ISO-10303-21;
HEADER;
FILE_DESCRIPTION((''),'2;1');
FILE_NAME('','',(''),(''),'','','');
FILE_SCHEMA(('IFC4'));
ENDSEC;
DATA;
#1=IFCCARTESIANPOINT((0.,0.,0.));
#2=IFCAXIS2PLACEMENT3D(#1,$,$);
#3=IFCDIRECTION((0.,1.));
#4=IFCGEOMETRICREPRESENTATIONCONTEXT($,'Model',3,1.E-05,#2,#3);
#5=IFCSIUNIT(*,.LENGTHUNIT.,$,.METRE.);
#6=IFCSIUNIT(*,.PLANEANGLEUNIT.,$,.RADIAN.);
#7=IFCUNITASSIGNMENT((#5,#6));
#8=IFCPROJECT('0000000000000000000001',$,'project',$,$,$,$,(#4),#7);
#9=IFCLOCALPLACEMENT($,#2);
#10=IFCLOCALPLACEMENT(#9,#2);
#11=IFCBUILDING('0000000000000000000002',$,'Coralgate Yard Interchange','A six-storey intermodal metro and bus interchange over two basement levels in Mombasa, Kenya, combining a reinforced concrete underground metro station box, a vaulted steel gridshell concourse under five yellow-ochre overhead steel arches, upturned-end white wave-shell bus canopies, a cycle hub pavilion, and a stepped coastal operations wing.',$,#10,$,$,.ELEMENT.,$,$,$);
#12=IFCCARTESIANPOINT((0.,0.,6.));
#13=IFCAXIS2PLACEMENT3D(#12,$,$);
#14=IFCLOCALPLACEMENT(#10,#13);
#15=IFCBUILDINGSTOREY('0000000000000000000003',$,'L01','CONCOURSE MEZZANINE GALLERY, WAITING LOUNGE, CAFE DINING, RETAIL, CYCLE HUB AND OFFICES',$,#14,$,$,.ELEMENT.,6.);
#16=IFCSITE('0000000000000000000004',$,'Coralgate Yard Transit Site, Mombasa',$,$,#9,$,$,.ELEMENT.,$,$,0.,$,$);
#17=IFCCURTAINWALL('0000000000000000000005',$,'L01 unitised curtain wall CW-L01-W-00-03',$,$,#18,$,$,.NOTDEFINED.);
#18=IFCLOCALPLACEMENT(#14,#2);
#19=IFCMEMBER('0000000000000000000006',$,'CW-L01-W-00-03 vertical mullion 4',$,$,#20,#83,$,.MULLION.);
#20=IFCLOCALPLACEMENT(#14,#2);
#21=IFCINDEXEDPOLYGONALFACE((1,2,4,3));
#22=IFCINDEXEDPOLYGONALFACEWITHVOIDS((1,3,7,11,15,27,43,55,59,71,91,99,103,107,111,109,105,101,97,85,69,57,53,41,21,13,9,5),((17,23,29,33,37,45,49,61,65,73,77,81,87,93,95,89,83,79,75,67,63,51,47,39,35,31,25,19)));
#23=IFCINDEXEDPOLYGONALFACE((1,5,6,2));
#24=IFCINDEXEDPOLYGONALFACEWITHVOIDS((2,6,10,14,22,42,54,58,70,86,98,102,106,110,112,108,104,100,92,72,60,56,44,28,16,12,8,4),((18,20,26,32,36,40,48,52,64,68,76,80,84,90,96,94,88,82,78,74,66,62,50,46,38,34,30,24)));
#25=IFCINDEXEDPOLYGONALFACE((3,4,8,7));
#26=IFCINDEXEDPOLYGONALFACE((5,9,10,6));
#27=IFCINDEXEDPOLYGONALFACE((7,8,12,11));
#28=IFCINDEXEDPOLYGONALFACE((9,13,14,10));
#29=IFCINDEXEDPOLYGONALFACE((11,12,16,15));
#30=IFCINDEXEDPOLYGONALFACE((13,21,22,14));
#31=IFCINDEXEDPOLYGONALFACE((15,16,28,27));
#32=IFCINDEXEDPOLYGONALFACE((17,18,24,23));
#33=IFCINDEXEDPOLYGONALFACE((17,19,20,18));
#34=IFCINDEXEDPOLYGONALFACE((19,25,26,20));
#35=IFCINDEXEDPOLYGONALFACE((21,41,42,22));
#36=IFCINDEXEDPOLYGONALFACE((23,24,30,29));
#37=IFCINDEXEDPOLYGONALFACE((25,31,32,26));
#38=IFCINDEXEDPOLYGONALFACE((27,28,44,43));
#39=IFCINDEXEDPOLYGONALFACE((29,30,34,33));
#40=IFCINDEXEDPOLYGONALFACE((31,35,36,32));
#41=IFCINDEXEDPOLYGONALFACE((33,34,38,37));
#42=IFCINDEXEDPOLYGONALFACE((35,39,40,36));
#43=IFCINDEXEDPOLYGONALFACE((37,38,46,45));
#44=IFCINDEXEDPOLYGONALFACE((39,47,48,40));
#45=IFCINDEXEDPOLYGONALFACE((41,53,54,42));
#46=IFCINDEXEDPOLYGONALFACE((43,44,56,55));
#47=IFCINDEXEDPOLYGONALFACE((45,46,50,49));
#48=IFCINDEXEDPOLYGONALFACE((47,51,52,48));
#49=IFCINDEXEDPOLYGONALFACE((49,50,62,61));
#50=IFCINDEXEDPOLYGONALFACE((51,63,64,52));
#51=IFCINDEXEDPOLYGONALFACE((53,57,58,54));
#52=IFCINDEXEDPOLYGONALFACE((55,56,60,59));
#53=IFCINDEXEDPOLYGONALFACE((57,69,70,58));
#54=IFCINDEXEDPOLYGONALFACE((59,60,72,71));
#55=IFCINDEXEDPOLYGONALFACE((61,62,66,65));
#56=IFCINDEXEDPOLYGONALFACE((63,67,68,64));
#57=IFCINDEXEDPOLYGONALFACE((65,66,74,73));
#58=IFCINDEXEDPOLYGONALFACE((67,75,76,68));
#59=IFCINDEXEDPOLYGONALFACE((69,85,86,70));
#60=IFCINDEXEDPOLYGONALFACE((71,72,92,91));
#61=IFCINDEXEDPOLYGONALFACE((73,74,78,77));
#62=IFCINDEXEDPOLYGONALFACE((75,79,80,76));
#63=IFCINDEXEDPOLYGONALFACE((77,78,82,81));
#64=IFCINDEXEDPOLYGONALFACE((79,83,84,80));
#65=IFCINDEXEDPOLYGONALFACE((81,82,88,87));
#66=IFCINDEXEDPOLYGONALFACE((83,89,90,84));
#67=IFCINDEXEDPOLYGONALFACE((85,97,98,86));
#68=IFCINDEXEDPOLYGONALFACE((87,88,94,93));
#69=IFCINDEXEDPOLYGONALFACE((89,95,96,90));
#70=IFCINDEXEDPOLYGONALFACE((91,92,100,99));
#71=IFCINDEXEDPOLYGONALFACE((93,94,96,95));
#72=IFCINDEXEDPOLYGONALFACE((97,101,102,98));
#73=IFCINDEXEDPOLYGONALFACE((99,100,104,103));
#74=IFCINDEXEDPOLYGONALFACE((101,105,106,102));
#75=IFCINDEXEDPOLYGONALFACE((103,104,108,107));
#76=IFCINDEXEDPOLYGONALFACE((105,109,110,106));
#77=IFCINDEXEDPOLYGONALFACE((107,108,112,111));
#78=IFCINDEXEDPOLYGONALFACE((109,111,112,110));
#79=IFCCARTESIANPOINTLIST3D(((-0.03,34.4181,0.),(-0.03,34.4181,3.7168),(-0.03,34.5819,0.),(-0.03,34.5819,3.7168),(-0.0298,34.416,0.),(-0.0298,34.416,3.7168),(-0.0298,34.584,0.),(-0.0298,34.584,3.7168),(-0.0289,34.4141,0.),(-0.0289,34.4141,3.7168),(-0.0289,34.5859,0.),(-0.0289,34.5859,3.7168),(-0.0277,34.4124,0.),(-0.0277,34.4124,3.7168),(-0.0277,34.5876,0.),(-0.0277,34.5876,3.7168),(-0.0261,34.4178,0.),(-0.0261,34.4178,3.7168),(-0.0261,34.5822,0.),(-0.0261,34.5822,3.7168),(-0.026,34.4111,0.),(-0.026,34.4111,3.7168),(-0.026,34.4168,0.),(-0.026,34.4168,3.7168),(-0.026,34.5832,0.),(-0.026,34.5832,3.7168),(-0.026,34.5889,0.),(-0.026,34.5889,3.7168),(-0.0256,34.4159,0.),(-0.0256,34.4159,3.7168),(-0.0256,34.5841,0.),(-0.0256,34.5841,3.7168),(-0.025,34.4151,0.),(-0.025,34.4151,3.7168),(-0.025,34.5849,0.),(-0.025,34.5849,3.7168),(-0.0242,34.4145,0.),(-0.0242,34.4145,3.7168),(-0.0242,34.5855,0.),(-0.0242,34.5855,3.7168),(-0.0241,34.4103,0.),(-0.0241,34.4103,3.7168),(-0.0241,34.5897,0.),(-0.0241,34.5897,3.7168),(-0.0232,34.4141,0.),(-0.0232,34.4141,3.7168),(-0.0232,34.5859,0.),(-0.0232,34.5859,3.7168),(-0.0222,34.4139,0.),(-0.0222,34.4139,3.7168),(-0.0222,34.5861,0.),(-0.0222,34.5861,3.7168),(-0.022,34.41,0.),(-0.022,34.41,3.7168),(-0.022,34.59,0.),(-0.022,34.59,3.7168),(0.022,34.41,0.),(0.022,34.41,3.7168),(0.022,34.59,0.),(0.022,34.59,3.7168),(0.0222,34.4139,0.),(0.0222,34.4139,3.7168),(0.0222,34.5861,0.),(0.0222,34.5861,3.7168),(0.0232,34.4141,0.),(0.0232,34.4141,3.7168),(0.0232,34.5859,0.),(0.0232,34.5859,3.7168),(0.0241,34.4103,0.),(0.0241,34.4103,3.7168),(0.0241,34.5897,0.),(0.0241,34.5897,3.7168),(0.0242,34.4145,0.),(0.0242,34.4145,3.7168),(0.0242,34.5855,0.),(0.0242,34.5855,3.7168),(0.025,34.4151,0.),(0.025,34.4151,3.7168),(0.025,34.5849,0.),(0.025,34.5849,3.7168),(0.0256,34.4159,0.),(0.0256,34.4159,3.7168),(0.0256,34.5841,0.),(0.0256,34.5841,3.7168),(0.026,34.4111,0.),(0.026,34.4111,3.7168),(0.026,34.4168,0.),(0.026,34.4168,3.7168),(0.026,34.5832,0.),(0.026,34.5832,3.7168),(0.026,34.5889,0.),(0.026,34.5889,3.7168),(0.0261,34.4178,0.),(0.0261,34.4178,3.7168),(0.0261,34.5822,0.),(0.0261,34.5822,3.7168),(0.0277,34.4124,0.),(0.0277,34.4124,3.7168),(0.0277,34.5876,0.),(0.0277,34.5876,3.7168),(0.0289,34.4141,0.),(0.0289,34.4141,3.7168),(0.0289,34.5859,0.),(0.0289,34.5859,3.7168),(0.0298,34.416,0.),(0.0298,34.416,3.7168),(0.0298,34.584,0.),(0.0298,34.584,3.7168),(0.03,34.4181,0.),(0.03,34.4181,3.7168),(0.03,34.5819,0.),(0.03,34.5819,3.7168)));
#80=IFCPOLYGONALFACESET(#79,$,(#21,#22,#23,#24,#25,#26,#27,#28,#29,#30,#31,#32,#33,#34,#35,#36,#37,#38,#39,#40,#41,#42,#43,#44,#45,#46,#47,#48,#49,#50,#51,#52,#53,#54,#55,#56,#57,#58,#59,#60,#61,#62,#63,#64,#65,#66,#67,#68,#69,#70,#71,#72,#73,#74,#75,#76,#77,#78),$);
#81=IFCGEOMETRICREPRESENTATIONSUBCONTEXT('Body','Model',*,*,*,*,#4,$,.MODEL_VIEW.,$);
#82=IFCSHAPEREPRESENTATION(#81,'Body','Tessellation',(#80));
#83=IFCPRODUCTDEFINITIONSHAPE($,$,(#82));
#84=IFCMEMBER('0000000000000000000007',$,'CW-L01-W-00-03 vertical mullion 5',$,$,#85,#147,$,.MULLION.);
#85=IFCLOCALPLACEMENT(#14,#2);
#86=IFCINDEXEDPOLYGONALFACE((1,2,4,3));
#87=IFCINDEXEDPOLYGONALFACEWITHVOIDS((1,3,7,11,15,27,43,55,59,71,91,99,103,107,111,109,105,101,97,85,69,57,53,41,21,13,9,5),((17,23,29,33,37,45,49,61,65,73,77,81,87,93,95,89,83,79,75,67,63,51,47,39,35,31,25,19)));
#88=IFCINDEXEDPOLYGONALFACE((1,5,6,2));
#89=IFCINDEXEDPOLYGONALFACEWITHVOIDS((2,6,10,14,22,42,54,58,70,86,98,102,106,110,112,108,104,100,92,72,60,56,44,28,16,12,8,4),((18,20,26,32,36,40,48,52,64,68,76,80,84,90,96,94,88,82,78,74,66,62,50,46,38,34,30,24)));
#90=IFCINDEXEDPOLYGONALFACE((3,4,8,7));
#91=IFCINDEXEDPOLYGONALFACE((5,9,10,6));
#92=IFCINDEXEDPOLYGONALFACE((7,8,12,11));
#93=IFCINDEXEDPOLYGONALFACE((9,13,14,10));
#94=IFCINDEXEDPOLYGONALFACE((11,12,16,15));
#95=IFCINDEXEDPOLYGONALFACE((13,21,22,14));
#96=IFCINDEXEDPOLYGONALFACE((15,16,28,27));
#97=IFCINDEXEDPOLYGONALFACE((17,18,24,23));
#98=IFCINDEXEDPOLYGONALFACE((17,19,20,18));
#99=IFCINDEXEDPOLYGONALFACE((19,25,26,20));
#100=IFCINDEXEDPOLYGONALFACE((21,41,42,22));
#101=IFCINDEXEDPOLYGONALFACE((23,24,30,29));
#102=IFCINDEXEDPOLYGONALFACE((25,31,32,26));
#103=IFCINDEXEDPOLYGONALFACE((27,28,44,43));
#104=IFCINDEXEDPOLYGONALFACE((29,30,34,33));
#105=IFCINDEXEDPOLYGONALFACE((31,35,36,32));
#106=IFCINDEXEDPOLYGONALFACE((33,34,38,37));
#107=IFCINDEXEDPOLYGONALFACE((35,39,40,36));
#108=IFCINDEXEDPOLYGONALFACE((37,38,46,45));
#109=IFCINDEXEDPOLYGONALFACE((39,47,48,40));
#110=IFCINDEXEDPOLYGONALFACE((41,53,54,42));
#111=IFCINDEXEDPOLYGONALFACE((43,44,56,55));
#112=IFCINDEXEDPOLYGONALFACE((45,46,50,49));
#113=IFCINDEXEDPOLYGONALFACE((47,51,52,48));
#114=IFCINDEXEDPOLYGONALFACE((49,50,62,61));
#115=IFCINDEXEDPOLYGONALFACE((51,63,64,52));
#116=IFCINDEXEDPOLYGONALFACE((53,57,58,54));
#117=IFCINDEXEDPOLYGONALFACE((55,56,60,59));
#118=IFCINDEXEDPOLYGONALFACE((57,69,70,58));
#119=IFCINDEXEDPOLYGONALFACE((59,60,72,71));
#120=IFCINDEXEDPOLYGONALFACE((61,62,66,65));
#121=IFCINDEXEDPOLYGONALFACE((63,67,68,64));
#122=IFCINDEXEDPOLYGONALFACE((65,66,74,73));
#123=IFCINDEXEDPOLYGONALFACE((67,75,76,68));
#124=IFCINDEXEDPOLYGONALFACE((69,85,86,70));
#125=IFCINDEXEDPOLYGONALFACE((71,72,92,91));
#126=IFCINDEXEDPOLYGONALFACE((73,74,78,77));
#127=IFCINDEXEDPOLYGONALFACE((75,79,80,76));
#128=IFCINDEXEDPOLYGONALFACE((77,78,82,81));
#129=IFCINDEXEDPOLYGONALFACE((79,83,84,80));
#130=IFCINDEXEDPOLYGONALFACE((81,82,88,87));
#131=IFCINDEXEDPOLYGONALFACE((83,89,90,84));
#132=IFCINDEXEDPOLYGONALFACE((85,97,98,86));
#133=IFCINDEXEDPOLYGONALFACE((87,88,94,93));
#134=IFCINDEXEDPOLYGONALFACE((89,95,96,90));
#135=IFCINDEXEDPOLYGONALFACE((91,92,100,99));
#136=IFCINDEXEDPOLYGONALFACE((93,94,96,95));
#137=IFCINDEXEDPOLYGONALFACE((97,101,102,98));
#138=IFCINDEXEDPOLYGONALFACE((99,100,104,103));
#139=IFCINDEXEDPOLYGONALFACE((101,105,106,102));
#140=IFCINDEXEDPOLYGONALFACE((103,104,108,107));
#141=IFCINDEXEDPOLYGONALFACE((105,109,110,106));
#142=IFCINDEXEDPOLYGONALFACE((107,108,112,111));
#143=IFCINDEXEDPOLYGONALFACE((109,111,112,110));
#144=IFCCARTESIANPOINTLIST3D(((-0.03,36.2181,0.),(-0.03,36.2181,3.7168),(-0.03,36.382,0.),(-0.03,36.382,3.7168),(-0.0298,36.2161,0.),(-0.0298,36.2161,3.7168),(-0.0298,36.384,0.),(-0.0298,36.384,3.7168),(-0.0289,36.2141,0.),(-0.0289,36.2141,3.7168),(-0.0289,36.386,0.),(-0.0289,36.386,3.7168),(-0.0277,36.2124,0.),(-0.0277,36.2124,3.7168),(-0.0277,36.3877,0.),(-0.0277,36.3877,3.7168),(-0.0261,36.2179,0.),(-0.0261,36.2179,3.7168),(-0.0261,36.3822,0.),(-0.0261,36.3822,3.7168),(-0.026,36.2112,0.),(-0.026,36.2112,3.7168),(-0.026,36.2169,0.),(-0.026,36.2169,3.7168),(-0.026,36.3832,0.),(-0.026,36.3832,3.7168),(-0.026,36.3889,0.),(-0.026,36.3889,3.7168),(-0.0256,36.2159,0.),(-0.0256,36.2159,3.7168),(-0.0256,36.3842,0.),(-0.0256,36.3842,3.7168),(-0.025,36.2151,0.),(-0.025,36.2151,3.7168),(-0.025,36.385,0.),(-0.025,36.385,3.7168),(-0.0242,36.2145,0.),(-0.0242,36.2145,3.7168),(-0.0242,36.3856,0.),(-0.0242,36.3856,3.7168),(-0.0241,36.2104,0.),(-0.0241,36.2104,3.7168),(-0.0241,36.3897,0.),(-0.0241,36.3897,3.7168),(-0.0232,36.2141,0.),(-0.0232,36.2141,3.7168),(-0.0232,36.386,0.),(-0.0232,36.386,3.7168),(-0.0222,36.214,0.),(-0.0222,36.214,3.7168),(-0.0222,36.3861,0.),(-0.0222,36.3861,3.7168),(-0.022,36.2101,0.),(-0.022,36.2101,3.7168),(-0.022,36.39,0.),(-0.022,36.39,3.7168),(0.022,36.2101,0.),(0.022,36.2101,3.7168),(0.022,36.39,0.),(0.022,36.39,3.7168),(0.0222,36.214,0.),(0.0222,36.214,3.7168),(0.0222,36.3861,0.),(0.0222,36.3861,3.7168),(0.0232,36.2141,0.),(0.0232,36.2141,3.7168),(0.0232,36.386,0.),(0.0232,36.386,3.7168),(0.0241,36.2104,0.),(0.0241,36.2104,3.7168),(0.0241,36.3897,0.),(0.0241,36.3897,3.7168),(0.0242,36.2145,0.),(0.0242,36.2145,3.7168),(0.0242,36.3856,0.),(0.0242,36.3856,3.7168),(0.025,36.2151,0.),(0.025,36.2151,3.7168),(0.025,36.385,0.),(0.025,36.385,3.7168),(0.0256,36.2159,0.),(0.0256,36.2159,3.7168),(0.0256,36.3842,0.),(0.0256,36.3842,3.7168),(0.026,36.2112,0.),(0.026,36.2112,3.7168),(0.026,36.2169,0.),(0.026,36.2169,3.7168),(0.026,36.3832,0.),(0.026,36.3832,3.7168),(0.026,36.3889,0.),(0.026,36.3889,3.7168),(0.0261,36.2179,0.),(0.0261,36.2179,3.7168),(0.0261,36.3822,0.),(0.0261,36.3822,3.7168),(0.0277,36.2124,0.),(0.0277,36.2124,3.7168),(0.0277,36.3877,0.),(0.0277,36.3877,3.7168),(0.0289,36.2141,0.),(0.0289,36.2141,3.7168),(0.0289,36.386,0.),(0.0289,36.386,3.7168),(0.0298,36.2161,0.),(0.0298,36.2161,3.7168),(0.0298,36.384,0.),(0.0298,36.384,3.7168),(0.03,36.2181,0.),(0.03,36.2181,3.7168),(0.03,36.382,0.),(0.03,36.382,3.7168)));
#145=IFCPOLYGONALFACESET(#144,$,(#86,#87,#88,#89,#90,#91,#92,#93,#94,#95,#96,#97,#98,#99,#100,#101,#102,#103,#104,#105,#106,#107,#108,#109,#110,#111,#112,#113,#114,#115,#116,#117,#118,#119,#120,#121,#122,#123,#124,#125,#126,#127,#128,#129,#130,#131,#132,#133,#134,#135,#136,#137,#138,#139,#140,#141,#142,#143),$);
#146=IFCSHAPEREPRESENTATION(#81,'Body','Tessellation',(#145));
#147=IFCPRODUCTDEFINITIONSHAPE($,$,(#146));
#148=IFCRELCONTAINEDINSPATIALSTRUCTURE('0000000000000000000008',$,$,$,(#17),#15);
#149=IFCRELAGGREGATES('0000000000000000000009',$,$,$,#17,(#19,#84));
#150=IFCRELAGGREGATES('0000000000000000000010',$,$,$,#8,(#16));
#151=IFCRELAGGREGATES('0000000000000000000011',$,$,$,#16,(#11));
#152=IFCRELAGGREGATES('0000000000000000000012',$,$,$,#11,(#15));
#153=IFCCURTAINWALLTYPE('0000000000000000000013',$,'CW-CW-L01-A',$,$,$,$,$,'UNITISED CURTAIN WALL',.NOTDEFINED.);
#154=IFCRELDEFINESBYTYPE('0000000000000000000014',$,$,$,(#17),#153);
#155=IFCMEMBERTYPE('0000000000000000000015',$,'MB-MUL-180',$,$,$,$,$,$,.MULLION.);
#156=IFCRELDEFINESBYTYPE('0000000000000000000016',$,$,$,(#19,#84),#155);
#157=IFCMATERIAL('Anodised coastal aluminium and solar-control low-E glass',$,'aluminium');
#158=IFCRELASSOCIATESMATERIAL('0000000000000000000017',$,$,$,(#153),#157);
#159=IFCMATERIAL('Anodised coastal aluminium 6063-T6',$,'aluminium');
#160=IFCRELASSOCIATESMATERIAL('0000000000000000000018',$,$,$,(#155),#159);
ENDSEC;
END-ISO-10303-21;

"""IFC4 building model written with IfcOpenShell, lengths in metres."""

from ifc_helpers import new_model, si_unit, direction, frame, origin, origin_2d, place, context, subcontext, project, spatial, hollow_rectangle, extrude, material, material_profile, profile_set, type_object, element, aggregate, save


model = new_model("IFC4")

# Units and contexts
model_context = context("Model", 3, precision=1e-05, world=origin(), true_north=direction((0.0, 1.0)))
body_context = subcontext(model_context, "Body", "Model", "MODEL_VIEW")
ifc_project = project(units=[si_unit("LENGTHUNIT", "METRE"), si_unit("PLANEANGLEUNIT", "RADIAN")], contexts=[model_context])

# Site, building, storey
site_placement = place(None, origin())
site = spatial("IfcSite", under=ifc_project, at=site_placement, Name="Coralgate Yard Transit Site, Mombasa", CompositionType="ELEMENT", RefElevation=0.0)
building_placement = place(site_placement, origin())
building = spatial("IfcBuilding", under=site, at=building_placement, Name="Coralgate Yard Interchange", Description="A six-storey intermodal metro and bus interchange over two basement levels in Mombasa, Kenya, combining a reinforced concrete underground metro station box, a vaulted steel gridshell concourse under five yellow-ochre overhead steel arches, upturned-end white wave-shell bus canopies, a cycle hub pavilion, and a stepped coastal operations wing.", CompositionType="ELEMENT")
storey_placement = place(building_placement, frame((0.0, 0.0, 6.0)))
storey = spatial("IfcBuildingStorey", under=building, at=storey_placement, Name="L01", Description="CONCOURSE MEZZANINE GALLERY, WAITING LOUNGE, CAFE DINING, RETAIL, CYCLE HUB AND OFFICES", CompositionType="ELEMENT", Elevation=6.0)

# Curtain wall, members
ifc_material_1 = material(Name="Anodised coastal aluminium and solar-control low-E glass", Category="aluminium")
curtain_wall_type = type_object("IfcCurtainWallType", Name="CW-CW-L01-A", ElementType="UNITISED CURTAIN WALL", PredefinedType="NOTDEFINED", material=ifc_material_1)
curtain_wall_placement = place(storey_placement, origin())
curtain_wall = element("IfcCurtainWall", 1, at=curtain_wall_placement, inside=storey, type_object=curtain_wall_type, Name="L01 unitised curtain wall CW-L01-W-00-03", PredefinedType="NOTDEFINED")
ifc_material_2 = material(Name="Anodised coastal aluminium 6063-T6", Category="aluminium")
ifc_material_profile_1 = material_profile(ifc_material_2, hollow_rectangle(XDim=0.0601, YDim=0.1799, WallThickness=0.0039, InnerFilletRadius=0.0039, OuterFilletRadius=0.0081, at=origin_2d()), Name="ALU 60x180x4")
ifc_profile_set_1 = profile_set([ifc_material_profile_1], Name="Anodised coastal aluminium 6063-T6")
member_type_1 = type_object("IfcMemberType", Name="MB-MUL-180", PredefinedType="MULLION", material=ifc_profile_set_1)
member_1_placement = place(storey_placement, frame((0.0, 34.5, 0.0), z_axis=(0.0, 0.0, 1.0), x_axis=(1.0, 0.0, 0.0)))
member_1 = element("IfcMember", 2, at=member_1_placement, type_object=member_type_1, Name="CW-L01-W-00-03 vertical mullion 4", PredefinedType="MULLION", context=body_context, shape_type="SweptSolid", body=[
    extrude(hollow_rectangle(XDim=0.0601, YDim=0.1799, WallThickness=0.0039, InnerFilletRadius=0.0039, OuterFilletRadius=0.0081, at=origin_2d()), origin(), (0.0, 0.0, 1.0), 3.7168),
])
member_2_placement = place(storey_placement, frame((0.0, 36.3, 0.0), z_axis=(0.0, 0.0, 1.0), x_axis=(1.0, 0.0, 0.0)))
member_2 = element("IfcMember", 3, at=member_2_placement, type_object=member_type_1, Name="CW-L01-W-00-03 vertical mullion 5", PredefinedType="MULLION", context=body_context, shape_type="SweptSolid", body=[
    extrude(hollow_rectangle(XDim=0.0601, YDim=0.1799, WallThickness=0.0039, InnerFilletRadius=0.0039, OuterFilletRadius=0.0081, at=origin_2d()), origin(), (0.0, 0.0, 1.0), 3.7168),
])
aggregate(curtain_wall, [member_1, member_2])

save(model, "model.ifc")
